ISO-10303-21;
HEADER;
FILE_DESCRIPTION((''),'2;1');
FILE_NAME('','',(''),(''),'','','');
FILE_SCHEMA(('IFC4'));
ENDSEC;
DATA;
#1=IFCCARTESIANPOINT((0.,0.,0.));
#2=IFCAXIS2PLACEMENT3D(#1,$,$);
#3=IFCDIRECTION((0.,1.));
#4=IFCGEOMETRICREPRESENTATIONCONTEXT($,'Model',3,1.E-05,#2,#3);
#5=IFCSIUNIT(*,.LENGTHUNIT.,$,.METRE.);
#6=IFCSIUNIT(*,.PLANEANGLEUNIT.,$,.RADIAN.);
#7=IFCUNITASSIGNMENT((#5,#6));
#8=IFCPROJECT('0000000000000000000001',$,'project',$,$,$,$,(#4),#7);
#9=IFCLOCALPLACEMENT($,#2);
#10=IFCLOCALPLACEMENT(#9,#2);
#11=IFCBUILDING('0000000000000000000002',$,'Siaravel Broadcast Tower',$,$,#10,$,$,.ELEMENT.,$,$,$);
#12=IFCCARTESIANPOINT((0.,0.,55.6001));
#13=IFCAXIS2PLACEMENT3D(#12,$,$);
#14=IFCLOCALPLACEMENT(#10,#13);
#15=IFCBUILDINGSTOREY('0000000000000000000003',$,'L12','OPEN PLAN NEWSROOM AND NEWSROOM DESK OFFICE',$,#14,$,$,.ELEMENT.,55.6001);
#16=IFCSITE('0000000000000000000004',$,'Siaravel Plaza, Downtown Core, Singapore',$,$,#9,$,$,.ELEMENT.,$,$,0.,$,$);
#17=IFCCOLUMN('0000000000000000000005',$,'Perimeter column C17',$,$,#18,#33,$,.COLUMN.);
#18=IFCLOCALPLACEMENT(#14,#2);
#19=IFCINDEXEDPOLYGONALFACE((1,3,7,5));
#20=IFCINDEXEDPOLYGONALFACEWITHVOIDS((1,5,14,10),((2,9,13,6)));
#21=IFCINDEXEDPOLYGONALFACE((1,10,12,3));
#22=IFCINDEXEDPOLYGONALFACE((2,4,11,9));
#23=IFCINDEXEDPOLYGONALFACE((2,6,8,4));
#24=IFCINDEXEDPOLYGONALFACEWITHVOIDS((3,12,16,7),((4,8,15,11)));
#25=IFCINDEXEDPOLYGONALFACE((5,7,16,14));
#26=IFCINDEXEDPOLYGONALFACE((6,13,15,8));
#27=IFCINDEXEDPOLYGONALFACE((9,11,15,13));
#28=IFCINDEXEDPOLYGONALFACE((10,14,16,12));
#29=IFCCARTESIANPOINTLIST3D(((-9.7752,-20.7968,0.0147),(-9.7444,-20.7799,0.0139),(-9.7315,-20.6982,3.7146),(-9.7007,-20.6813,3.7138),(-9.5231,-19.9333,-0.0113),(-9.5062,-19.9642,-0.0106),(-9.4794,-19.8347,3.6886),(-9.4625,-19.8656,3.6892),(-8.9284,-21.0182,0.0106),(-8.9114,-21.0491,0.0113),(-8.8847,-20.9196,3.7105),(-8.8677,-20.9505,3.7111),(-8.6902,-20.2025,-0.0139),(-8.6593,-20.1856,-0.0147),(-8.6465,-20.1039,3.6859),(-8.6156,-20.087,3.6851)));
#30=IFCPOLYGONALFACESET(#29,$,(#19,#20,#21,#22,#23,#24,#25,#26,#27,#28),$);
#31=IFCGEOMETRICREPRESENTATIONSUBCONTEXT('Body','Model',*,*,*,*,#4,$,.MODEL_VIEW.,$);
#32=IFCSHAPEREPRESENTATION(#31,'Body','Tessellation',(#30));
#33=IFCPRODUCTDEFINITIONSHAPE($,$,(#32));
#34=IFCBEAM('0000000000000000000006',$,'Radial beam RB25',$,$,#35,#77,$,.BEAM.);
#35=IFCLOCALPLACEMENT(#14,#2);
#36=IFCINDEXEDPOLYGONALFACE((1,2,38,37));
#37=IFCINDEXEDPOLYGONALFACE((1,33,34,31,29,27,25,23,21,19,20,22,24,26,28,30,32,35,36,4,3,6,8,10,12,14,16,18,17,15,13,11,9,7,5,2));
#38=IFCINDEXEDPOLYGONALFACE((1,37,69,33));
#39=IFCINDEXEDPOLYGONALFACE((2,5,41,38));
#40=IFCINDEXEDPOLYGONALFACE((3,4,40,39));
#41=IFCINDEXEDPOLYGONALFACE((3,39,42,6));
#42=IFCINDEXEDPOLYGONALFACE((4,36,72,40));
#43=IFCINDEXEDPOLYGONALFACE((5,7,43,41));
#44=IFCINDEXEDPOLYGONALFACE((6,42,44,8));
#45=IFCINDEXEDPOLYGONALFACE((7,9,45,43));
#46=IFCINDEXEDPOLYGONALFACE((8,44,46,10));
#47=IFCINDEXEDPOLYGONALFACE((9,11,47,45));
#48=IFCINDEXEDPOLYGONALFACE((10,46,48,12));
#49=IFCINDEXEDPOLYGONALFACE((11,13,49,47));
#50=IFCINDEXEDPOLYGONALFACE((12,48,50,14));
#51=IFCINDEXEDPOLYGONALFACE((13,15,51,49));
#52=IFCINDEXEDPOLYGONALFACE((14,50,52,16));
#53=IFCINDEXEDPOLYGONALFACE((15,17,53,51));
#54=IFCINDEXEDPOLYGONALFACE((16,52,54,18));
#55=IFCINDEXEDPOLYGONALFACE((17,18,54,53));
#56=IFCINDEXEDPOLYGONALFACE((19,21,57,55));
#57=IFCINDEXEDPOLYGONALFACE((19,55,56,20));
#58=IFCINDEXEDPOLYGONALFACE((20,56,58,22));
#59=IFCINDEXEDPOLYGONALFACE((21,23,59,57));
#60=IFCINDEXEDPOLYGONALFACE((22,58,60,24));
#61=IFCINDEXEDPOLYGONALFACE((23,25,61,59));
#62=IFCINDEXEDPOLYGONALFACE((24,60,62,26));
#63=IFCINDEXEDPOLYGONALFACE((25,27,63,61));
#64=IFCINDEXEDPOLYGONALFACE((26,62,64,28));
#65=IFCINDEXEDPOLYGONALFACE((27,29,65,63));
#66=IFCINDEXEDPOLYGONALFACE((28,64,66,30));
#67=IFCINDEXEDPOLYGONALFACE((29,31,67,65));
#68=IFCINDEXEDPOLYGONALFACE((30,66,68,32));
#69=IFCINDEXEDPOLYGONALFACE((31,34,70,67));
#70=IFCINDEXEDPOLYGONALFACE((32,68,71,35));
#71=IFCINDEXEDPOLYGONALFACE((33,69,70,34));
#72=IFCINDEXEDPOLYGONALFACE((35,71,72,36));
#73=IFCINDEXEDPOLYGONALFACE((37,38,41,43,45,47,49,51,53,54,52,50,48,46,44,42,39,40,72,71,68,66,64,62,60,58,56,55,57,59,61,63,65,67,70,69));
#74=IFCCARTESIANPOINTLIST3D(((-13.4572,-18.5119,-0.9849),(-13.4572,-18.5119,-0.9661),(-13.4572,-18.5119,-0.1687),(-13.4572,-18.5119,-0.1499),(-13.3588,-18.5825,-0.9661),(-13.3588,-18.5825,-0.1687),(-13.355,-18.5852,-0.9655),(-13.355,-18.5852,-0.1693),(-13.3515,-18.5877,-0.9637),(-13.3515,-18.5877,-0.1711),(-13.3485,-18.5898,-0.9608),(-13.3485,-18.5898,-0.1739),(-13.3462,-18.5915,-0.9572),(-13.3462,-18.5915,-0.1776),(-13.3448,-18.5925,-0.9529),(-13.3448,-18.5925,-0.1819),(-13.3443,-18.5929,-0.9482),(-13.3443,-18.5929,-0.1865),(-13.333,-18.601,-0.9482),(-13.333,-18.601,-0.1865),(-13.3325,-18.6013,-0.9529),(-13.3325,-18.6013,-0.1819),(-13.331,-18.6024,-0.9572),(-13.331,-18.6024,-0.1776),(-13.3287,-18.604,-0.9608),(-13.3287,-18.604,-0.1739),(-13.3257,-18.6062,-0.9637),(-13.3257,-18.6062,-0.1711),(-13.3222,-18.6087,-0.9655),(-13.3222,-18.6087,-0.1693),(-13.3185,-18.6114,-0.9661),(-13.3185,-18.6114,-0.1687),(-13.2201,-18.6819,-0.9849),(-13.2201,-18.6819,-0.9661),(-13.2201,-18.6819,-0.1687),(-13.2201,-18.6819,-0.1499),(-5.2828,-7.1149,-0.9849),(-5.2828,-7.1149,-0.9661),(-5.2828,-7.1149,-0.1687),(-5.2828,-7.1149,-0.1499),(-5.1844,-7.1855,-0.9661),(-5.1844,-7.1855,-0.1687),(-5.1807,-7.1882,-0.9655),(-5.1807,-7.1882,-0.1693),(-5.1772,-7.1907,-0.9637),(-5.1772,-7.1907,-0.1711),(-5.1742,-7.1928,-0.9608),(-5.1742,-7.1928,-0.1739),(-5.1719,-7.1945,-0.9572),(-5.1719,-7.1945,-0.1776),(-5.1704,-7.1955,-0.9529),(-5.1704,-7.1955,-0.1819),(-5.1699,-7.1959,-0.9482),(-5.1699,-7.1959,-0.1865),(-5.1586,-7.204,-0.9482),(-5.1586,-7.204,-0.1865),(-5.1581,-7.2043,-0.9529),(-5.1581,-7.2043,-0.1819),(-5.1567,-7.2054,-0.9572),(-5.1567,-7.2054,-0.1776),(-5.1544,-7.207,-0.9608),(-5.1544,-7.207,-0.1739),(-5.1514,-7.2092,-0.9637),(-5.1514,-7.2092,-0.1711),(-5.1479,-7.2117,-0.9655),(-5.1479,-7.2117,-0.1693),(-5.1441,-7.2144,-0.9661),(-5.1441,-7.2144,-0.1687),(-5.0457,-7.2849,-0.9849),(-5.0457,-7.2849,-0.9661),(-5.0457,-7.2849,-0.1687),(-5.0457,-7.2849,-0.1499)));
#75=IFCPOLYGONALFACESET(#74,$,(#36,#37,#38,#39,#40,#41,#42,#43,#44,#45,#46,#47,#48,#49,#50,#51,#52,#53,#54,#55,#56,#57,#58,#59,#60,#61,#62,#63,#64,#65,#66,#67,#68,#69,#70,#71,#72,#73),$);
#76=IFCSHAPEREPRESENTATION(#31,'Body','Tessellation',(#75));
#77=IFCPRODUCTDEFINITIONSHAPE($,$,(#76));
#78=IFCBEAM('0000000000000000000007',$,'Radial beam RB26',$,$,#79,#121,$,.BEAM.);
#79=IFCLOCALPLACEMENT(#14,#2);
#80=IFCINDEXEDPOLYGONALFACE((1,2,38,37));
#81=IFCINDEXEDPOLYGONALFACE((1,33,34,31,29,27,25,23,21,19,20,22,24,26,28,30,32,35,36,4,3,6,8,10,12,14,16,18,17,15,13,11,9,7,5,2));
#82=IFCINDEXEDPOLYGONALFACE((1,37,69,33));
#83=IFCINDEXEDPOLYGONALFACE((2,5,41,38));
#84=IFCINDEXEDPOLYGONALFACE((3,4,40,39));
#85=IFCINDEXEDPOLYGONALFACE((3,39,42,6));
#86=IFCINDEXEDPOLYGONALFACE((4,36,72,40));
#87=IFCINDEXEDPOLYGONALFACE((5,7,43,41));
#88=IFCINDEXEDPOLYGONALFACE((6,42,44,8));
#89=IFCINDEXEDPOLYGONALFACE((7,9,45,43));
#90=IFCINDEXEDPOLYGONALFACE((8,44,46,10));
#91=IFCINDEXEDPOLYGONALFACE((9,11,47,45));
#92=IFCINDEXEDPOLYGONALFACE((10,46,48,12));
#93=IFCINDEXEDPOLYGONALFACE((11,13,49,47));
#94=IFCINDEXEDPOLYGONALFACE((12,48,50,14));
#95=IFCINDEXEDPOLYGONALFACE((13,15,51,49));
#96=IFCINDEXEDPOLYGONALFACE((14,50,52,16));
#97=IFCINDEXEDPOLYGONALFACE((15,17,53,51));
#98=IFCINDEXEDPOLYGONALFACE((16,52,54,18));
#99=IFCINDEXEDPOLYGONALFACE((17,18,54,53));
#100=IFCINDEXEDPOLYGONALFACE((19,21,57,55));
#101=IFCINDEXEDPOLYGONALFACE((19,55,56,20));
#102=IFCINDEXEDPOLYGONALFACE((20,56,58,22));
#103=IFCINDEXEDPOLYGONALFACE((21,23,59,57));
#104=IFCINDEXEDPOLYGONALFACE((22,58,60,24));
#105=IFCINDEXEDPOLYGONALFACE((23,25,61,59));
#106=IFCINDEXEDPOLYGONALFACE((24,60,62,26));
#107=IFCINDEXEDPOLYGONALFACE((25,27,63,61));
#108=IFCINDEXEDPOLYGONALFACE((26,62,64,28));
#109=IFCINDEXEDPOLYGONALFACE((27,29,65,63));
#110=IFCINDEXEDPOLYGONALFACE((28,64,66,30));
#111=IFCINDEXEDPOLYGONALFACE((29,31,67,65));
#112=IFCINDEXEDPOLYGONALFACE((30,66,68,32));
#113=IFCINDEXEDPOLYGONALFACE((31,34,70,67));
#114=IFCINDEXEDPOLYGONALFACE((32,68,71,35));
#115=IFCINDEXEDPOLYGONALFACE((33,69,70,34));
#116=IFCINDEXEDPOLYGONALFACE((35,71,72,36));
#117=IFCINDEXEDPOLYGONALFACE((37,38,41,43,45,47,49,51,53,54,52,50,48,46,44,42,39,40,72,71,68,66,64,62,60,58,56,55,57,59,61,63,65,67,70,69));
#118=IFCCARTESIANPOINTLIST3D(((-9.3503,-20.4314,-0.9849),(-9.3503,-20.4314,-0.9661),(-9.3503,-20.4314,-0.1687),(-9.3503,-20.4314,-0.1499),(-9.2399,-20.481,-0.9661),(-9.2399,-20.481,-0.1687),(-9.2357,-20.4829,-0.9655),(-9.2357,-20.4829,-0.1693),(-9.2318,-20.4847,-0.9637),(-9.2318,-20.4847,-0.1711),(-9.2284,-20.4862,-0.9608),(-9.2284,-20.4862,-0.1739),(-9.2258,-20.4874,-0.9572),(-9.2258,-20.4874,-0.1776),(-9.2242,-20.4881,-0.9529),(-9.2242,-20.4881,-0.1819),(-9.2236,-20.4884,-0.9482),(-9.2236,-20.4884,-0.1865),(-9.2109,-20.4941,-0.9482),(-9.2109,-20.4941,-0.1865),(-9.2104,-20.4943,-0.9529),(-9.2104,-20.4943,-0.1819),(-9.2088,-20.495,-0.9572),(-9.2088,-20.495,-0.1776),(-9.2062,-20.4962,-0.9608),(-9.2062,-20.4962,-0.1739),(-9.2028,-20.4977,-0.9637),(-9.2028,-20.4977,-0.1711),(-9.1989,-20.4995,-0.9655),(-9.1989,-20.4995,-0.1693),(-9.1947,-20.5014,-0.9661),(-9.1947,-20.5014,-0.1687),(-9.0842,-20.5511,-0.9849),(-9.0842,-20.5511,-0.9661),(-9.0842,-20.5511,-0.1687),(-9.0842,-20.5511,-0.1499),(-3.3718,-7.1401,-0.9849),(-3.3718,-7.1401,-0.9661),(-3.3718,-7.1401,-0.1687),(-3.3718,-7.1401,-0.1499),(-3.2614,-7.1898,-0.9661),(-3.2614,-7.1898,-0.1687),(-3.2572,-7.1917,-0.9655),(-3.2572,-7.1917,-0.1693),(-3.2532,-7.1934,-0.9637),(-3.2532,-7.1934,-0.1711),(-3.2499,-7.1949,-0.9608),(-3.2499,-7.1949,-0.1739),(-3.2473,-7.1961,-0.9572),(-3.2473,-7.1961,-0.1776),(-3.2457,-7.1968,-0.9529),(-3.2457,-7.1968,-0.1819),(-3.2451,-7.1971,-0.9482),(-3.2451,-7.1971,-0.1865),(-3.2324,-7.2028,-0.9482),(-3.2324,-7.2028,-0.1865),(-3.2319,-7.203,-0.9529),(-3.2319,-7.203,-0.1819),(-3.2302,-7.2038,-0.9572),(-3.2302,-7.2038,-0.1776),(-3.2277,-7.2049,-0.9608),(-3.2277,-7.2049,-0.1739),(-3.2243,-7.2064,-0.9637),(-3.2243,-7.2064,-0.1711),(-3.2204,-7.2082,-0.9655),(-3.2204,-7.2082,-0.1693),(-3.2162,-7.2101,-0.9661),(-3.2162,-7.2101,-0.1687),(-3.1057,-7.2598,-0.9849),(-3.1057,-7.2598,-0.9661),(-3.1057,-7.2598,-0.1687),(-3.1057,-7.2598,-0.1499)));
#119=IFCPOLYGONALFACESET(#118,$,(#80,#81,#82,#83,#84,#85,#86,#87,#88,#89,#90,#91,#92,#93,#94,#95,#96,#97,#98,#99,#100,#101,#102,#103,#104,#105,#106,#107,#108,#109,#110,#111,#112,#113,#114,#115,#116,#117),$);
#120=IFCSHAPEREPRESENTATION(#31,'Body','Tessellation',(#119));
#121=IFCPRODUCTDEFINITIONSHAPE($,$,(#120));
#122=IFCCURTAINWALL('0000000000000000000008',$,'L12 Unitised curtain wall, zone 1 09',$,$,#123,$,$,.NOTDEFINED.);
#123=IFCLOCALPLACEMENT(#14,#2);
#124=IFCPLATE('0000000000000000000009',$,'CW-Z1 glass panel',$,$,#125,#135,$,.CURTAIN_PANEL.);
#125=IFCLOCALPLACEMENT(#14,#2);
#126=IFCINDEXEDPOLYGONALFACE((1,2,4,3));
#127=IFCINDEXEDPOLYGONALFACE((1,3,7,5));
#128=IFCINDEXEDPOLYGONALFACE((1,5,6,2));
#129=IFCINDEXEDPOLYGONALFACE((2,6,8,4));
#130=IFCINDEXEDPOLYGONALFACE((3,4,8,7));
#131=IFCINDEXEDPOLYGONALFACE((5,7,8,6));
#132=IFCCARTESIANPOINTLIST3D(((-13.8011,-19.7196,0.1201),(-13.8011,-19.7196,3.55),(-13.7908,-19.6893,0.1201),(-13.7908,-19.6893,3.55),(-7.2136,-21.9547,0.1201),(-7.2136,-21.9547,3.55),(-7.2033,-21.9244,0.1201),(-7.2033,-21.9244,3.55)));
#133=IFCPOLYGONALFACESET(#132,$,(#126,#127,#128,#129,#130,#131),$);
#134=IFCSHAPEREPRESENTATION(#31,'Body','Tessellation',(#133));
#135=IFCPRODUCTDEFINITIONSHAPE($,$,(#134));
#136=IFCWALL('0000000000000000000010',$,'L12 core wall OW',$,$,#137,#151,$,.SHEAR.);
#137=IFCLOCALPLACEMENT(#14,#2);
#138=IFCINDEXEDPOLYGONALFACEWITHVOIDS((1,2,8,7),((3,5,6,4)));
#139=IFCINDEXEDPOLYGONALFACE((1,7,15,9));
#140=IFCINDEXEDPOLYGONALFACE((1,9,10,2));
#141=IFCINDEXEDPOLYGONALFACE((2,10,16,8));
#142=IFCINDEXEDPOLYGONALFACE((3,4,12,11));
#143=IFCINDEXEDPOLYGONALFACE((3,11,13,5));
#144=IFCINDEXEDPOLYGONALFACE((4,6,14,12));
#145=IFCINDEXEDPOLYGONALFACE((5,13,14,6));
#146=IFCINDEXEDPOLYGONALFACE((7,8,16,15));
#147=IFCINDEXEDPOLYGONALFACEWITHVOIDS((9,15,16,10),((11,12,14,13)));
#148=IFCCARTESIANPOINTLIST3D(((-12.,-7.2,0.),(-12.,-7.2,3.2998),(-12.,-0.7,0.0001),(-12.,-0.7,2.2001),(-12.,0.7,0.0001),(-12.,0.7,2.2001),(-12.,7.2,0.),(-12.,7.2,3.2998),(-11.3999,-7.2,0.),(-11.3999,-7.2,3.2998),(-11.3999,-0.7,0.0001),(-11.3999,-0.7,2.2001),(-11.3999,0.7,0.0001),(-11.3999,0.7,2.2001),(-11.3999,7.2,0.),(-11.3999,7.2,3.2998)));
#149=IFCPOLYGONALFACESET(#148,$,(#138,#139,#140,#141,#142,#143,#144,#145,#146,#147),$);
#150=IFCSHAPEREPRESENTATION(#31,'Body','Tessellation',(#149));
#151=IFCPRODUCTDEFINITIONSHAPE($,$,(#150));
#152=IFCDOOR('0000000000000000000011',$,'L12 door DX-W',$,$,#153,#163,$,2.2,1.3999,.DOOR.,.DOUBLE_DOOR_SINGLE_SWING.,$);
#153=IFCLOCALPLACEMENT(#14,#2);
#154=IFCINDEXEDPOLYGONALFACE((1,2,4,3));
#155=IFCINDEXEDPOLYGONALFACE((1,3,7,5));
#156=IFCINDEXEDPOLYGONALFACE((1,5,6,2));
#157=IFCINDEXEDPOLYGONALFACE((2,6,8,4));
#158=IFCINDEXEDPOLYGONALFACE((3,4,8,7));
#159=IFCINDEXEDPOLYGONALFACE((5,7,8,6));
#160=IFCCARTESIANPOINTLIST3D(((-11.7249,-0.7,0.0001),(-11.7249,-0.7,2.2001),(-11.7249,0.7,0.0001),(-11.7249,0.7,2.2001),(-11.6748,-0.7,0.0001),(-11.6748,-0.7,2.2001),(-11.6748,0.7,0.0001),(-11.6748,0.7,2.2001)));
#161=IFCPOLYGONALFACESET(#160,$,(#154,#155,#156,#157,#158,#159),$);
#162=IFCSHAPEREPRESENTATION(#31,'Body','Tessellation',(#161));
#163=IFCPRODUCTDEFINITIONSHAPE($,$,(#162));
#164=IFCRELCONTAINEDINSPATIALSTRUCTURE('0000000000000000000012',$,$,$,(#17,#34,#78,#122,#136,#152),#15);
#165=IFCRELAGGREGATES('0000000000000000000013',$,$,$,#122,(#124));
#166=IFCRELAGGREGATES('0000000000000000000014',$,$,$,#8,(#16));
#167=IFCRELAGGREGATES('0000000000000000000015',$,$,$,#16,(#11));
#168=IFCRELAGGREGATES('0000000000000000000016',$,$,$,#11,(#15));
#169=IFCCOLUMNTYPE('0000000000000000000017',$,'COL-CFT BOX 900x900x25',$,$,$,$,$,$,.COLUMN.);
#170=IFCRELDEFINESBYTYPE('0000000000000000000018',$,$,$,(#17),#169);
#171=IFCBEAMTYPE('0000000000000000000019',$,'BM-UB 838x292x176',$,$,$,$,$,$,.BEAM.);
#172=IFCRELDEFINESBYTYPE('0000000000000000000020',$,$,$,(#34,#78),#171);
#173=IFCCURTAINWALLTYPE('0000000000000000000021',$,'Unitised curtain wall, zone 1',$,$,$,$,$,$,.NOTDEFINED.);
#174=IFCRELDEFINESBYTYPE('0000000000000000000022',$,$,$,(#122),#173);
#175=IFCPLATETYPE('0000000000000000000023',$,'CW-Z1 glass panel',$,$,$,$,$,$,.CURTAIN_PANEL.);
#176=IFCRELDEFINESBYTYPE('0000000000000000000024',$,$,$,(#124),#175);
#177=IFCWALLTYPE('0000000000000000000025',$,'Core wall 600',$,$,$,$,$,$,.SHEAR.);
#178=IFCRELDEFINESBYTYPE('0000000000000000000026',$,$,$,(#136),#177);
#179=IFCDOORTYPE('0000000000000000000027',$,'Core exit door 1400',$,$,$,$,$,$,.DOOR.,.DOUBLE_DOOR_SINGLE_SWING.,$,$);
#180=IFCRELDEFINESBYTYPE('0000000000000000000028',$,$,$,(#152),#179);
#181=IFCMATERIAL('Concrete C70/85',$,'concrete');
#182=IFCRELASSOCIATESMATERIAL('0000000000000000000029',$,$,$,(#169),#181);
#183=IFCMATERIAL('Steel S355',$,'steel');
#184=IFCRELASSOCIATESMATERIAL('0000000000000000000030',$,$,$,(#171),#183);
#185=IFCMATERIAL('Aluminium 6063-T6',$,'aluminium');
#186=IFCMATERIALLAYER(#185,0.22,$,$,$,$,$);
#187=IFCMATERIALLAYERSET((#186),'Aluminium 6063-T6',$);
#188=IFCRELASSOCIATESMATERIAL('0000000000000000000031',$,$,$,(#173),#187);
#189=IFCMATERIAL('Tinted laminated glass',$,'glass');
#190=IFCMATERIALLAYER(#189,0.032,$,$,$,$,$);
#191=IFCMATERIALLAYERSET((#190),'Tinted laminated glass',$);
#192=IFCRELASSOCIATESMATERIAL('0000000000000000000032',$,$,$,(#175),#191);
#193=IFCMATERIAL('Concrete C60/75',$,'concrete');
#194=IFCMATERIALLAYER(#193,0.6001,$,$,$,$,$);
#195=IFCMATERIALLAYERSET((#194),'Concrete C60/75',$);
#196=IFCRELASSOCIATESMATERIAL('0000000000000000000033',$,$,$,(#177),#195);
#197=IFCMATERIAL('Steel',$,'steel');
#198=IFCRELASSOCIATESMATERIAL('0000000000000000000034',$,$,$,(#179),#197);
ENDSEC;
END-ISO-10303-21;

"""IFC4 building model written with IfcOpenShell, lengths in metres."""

from ifc_helpers import new_model, si_unit, direction, frame, frame_2d, origin, origin_2d, place, context, subcontext, project, spatial, rectangle, hollow_rectangle, i_section, extrude, material, layer, layer_set, material_profile, profile_set, type_object, element, fill, aggregate, save


model = new_model("IFC4")

# Units and contexts
model_context = context("Model", 3, precision=1e-05, world=origin(), true_north=direction((0.0, 1.0)))
body_context = subcontext(model_context, "Body", "Model", "MODEL_VIEW")
ifc_project = project(units=[si_unit("LENGTHUNIT", "METRE"), si_unit("PLANEANGLEUNIT", "RADIAN")], contexts=[model_context])

# Site, building, storey
site_placement = place(None, origin())
site = spatial("IfcSite", under=ifc_project, at=site_placement, Name="Siaravel Plaza, Downtown Core, Singapore", CompositionType="ELEMENT", RefElevation=0.0)
building_placement = place(site_placement, origin())
building = spatial("IfcBuilding", under=site, at=building_placement, Name="Siaravel Broadcast Tower", CompositionType="ELEMENT")
storey_placement = place(building_placement, frame((0.0, 0.0, 55.6001)))
storey = spatial("IfcBuildingStorey", under=building, at=storey_placement, Name="L12", Description="OPEN PLAN NEWSROOM AND NEWSROOM DESK OFFICE", CompositionType="ELEMENT", Elevation=55.6001)

# Column
ifc_material_1 = material(Name="Concrete C70/85", Category="concrete")
ifc_material_profile_1 = material_profile(ifc_material_1, hollow_rectangle(XDim=0.8999, YDim=0.8999, WallThickness=0.0249, at=origin_2d()))
ifc_profile_set_1 = profile_set([ifc_material_profile_1], Name="Concrete C70/85")
column_type = type_object("IfcColumnType", Name="COL-CFT BOX 900x900x25", PredefinedType="COLUMN", material=ifc_profile_set_1)
column_placement = place(storey_placement, frame((-9.2173, -20.4912, 0.0), z_axis=(0.011806, 0.026647, 0.999575), x_axis=(-0.959887, 0.280361, 0.003864)))
element("IfcColumn", 1, at=column_placement, inside=storey, type_object=column_type, Name="Perimeter column C17", PredefinedType="COLUMN", context=body_context, shape_type="SweptSolid", body=[
    extrude(hollow_rectangle(XDim=0.8999, YDim=0.8999, WallThickness=0.0249, at=origin_2d()), origin(), (0.0, 0.0, 1.0), 3.7014),
])

# Beams
ifc_material_2 = material(Name="Steel S355", Category="steel")
ifc_material_profile_2 = material_profile(ifc_material_2, i_section(OverallWidth=0.2917, OverallDepth=0.835, WebThickness=0.0139, FlangeThickness=0.0188, FilletRadius=0.0178, at=origin_2d()))
ifc_profile_set_2 = profile_set([ifc_material_profile_2], Name="Steel S355")
beam_type = type_object("IfcBeamType", Name="BM-UB 838x292x176", PredefinedType="BEAM", material=ifc_profile_set_2)
beam_1_placement = place(storey_placement, frame((-13.3386, -18.5969, -0.5674), z_axis=(0.582824, 0.812598, 0.0), x_axis=(-0.812598, 0.582824, 0.0)))
element("IfcBeam", 2, at=beam_1_placement, inside=storey, type_object=beam_type, Name="Radial beam RB25", PredefinedType="BEAM", context=body_context, shape_type="SweptSolid", body=[
    extrude(i_section(OverallWidth=0.2917, OverallDepth=0.835, WebThickness=0.0139, FlangeThickness=0.0188, FilletRadius=0.0178, at=origin_2d()), origin(), (0.0, 0.0, 1.0), 14.0254),
])
beam_2_placement = place(storey_placement, frame((-9.2173, -20.4912, -0.5674), z_axis=(0.410219, 0.911987, 0.0), x_axis=(-0.911987, 0.410219, 0.0)))
element("IfcBeam", 3, at=beam_2_placement, inside=storey, type_object=beam_type, Name="Radial beam RB26", PredefinedType="BEAM", context=body_context, shape_type="SweptSolid", body=[
    extrude(i_section(OverallWidth=0.2917, OverallDepth=0.835, WebThickness=0.0139, FlangeThickness=0.0188, FilletRadius=0.0178, at=origin_2d()), origin(), (0.0, 0.0, 1.0), 14.574),
])

# Curtain wall, plate
ifc_material_3 = material(Name="Aluminium 6063-T6", Category="aluminium")
ifc_layer_1 = layer(ifc_material_3, 0.22)
ifc_layer_set_1 = layer_set([ifc_layer_1], Name="Aluminium 6063-T6")
curtain_wall_type = type_object("IfcCurtainWallType", Name="Unitised curtain wall, zone 1", PredefinedType="NOTDEFINED", material=ifc_layer_set_1)
curtain_wall_placement = place(storey_placement, origin())
curtain_wall = element("IfcCurtainWall", 4, at=curtain_wall_placement, inside=storey, type_object=curtain_wall_type, Name="L12 Unitised curtain wall, zone 1 09", PredefinedType="NOTDEFINED")
ifc_material_4 = material(Name="Tinted laminated glass", Category="glass")
ifc_layer_2 = layer(ifc_material_4, 0.032)
ifc_layer_set_2 = layer_set([ifc_layer_2], Name="Tinted laminated glass")
plate_type = type_object("IfcPlateType", Name="CW-Z1 glass panel", PredefinedType="CURTAIN_PANEL", material=ifc_layer_set_2)
plate_placement = place(storey_placement, frame((-10.5022, -20.822, 0.1201), z_axis=(0.0, 0.0, 1.0), x_axis=(0.946977, -0.321301, 0.0)))
plate = element("IfcPlate", 5, at=plate_placement, type_object=plate_type, Name="CW-Z1 glass panel", PredefinedType="CURTAIN_PANEL", context=body_context, shape_type="SweptSolid", body=[
    extrude(rectangle(XDim=6.9563, YDim=0.032, at=origin_2d()), origin(), (0.0, 0.0, 1.0), 3.4299),
])
aggregate(curtain_wall, [plate])

# Wall, opening, door
ifc_material_5 = material(Name="Concrete C60/75", Category="concrete")
ifc_layer_3 = layer(ifc_material_5, 0.6001)
ifc_layer_set_3 = layer_set([ifc_layer_3], Name="Concrete C60/75")
wall_type_1 = type_object("IfcWallType", Name="Core wall 600", PredefinedType="SHEAR", material=ifc_layer_set_3)
wall_1_placement = place(storey_placement, frame((-11.7, -7.2, 0.0), z_axis=(0.0, 0.0, 1.0), x_axis=(0.0, 1.0, 0.0)))
wall_1 = element("IfcWall", 6, at=wall_1_placement, inside=storey, type_object=wall_type_1, Name="L12 core wall OW", PredefinedType="SHEAR", context=body_context, shape_type="SweptSolid", body=[
    extrude(rectangle(XDim=14.3999, YDim=0.6001, at=frame_2d((7.2, 0.0))), origin(), (0.0, 0.0, 1.0), 3.2998),
])
opening_1_placement = place(wall_1_placement, frame((6.5, 0.0, 0.0)))
opening_1 = element("IfcOpeningElement", 7, at=opening_1_placement, cuts=wall_1, PredefinedType="OPENING", context=body_context, shape_type="SweptSolid", body=[
    extrude(rectangle(XDim=1.3999, YDim=2.2, at=frame_2d((0.7, 1.1001))), frame((0.0, 0.3101, 0.0), z_axis=(0.0, -1.0, 0.0), x_axis=(1.0, 0.0, 0.0)), (0.0, 0.0, 1.0), 0.6201),
])
ifc_material_6 = material(Name="Steel", Category="steel")
door_type_1 = type_object("IfcDoorType", Name="Core exit door 1400", OperationType="DOUBLE_DOOR_SINGLE_SWING", PredefinedType="DOOR", material=ifc_material_6)
door_1_placement = place(opening_1_placement, origin())
door_1 = element("IfcDoor", 8, at=door_1_placement, inside=storey, type_object=door_type_1, Name="L12 door DX-W", OperationType="DOUBLE_DOOR_SINGLE_SWING", OverallHeight=2.2, OverallWidth=1.3999, PredefinedType="DOOR", context=body_context, shape_type="SweptSolid", body=[
    extrude(rectangle(XDim=1.3999, YDim=2.2, at=frame_2d((0.7, 1.1001))), frame((0.0, 0.0249, 0.0), z_axis=(0.0, -1.0, 0.0), x_axis=(1.0, 0.0, 0.0)), (0.0, 0.0, 1.0), 0.05),
])
fill(opening_1, door_1)

save(model, "model.ifc")
